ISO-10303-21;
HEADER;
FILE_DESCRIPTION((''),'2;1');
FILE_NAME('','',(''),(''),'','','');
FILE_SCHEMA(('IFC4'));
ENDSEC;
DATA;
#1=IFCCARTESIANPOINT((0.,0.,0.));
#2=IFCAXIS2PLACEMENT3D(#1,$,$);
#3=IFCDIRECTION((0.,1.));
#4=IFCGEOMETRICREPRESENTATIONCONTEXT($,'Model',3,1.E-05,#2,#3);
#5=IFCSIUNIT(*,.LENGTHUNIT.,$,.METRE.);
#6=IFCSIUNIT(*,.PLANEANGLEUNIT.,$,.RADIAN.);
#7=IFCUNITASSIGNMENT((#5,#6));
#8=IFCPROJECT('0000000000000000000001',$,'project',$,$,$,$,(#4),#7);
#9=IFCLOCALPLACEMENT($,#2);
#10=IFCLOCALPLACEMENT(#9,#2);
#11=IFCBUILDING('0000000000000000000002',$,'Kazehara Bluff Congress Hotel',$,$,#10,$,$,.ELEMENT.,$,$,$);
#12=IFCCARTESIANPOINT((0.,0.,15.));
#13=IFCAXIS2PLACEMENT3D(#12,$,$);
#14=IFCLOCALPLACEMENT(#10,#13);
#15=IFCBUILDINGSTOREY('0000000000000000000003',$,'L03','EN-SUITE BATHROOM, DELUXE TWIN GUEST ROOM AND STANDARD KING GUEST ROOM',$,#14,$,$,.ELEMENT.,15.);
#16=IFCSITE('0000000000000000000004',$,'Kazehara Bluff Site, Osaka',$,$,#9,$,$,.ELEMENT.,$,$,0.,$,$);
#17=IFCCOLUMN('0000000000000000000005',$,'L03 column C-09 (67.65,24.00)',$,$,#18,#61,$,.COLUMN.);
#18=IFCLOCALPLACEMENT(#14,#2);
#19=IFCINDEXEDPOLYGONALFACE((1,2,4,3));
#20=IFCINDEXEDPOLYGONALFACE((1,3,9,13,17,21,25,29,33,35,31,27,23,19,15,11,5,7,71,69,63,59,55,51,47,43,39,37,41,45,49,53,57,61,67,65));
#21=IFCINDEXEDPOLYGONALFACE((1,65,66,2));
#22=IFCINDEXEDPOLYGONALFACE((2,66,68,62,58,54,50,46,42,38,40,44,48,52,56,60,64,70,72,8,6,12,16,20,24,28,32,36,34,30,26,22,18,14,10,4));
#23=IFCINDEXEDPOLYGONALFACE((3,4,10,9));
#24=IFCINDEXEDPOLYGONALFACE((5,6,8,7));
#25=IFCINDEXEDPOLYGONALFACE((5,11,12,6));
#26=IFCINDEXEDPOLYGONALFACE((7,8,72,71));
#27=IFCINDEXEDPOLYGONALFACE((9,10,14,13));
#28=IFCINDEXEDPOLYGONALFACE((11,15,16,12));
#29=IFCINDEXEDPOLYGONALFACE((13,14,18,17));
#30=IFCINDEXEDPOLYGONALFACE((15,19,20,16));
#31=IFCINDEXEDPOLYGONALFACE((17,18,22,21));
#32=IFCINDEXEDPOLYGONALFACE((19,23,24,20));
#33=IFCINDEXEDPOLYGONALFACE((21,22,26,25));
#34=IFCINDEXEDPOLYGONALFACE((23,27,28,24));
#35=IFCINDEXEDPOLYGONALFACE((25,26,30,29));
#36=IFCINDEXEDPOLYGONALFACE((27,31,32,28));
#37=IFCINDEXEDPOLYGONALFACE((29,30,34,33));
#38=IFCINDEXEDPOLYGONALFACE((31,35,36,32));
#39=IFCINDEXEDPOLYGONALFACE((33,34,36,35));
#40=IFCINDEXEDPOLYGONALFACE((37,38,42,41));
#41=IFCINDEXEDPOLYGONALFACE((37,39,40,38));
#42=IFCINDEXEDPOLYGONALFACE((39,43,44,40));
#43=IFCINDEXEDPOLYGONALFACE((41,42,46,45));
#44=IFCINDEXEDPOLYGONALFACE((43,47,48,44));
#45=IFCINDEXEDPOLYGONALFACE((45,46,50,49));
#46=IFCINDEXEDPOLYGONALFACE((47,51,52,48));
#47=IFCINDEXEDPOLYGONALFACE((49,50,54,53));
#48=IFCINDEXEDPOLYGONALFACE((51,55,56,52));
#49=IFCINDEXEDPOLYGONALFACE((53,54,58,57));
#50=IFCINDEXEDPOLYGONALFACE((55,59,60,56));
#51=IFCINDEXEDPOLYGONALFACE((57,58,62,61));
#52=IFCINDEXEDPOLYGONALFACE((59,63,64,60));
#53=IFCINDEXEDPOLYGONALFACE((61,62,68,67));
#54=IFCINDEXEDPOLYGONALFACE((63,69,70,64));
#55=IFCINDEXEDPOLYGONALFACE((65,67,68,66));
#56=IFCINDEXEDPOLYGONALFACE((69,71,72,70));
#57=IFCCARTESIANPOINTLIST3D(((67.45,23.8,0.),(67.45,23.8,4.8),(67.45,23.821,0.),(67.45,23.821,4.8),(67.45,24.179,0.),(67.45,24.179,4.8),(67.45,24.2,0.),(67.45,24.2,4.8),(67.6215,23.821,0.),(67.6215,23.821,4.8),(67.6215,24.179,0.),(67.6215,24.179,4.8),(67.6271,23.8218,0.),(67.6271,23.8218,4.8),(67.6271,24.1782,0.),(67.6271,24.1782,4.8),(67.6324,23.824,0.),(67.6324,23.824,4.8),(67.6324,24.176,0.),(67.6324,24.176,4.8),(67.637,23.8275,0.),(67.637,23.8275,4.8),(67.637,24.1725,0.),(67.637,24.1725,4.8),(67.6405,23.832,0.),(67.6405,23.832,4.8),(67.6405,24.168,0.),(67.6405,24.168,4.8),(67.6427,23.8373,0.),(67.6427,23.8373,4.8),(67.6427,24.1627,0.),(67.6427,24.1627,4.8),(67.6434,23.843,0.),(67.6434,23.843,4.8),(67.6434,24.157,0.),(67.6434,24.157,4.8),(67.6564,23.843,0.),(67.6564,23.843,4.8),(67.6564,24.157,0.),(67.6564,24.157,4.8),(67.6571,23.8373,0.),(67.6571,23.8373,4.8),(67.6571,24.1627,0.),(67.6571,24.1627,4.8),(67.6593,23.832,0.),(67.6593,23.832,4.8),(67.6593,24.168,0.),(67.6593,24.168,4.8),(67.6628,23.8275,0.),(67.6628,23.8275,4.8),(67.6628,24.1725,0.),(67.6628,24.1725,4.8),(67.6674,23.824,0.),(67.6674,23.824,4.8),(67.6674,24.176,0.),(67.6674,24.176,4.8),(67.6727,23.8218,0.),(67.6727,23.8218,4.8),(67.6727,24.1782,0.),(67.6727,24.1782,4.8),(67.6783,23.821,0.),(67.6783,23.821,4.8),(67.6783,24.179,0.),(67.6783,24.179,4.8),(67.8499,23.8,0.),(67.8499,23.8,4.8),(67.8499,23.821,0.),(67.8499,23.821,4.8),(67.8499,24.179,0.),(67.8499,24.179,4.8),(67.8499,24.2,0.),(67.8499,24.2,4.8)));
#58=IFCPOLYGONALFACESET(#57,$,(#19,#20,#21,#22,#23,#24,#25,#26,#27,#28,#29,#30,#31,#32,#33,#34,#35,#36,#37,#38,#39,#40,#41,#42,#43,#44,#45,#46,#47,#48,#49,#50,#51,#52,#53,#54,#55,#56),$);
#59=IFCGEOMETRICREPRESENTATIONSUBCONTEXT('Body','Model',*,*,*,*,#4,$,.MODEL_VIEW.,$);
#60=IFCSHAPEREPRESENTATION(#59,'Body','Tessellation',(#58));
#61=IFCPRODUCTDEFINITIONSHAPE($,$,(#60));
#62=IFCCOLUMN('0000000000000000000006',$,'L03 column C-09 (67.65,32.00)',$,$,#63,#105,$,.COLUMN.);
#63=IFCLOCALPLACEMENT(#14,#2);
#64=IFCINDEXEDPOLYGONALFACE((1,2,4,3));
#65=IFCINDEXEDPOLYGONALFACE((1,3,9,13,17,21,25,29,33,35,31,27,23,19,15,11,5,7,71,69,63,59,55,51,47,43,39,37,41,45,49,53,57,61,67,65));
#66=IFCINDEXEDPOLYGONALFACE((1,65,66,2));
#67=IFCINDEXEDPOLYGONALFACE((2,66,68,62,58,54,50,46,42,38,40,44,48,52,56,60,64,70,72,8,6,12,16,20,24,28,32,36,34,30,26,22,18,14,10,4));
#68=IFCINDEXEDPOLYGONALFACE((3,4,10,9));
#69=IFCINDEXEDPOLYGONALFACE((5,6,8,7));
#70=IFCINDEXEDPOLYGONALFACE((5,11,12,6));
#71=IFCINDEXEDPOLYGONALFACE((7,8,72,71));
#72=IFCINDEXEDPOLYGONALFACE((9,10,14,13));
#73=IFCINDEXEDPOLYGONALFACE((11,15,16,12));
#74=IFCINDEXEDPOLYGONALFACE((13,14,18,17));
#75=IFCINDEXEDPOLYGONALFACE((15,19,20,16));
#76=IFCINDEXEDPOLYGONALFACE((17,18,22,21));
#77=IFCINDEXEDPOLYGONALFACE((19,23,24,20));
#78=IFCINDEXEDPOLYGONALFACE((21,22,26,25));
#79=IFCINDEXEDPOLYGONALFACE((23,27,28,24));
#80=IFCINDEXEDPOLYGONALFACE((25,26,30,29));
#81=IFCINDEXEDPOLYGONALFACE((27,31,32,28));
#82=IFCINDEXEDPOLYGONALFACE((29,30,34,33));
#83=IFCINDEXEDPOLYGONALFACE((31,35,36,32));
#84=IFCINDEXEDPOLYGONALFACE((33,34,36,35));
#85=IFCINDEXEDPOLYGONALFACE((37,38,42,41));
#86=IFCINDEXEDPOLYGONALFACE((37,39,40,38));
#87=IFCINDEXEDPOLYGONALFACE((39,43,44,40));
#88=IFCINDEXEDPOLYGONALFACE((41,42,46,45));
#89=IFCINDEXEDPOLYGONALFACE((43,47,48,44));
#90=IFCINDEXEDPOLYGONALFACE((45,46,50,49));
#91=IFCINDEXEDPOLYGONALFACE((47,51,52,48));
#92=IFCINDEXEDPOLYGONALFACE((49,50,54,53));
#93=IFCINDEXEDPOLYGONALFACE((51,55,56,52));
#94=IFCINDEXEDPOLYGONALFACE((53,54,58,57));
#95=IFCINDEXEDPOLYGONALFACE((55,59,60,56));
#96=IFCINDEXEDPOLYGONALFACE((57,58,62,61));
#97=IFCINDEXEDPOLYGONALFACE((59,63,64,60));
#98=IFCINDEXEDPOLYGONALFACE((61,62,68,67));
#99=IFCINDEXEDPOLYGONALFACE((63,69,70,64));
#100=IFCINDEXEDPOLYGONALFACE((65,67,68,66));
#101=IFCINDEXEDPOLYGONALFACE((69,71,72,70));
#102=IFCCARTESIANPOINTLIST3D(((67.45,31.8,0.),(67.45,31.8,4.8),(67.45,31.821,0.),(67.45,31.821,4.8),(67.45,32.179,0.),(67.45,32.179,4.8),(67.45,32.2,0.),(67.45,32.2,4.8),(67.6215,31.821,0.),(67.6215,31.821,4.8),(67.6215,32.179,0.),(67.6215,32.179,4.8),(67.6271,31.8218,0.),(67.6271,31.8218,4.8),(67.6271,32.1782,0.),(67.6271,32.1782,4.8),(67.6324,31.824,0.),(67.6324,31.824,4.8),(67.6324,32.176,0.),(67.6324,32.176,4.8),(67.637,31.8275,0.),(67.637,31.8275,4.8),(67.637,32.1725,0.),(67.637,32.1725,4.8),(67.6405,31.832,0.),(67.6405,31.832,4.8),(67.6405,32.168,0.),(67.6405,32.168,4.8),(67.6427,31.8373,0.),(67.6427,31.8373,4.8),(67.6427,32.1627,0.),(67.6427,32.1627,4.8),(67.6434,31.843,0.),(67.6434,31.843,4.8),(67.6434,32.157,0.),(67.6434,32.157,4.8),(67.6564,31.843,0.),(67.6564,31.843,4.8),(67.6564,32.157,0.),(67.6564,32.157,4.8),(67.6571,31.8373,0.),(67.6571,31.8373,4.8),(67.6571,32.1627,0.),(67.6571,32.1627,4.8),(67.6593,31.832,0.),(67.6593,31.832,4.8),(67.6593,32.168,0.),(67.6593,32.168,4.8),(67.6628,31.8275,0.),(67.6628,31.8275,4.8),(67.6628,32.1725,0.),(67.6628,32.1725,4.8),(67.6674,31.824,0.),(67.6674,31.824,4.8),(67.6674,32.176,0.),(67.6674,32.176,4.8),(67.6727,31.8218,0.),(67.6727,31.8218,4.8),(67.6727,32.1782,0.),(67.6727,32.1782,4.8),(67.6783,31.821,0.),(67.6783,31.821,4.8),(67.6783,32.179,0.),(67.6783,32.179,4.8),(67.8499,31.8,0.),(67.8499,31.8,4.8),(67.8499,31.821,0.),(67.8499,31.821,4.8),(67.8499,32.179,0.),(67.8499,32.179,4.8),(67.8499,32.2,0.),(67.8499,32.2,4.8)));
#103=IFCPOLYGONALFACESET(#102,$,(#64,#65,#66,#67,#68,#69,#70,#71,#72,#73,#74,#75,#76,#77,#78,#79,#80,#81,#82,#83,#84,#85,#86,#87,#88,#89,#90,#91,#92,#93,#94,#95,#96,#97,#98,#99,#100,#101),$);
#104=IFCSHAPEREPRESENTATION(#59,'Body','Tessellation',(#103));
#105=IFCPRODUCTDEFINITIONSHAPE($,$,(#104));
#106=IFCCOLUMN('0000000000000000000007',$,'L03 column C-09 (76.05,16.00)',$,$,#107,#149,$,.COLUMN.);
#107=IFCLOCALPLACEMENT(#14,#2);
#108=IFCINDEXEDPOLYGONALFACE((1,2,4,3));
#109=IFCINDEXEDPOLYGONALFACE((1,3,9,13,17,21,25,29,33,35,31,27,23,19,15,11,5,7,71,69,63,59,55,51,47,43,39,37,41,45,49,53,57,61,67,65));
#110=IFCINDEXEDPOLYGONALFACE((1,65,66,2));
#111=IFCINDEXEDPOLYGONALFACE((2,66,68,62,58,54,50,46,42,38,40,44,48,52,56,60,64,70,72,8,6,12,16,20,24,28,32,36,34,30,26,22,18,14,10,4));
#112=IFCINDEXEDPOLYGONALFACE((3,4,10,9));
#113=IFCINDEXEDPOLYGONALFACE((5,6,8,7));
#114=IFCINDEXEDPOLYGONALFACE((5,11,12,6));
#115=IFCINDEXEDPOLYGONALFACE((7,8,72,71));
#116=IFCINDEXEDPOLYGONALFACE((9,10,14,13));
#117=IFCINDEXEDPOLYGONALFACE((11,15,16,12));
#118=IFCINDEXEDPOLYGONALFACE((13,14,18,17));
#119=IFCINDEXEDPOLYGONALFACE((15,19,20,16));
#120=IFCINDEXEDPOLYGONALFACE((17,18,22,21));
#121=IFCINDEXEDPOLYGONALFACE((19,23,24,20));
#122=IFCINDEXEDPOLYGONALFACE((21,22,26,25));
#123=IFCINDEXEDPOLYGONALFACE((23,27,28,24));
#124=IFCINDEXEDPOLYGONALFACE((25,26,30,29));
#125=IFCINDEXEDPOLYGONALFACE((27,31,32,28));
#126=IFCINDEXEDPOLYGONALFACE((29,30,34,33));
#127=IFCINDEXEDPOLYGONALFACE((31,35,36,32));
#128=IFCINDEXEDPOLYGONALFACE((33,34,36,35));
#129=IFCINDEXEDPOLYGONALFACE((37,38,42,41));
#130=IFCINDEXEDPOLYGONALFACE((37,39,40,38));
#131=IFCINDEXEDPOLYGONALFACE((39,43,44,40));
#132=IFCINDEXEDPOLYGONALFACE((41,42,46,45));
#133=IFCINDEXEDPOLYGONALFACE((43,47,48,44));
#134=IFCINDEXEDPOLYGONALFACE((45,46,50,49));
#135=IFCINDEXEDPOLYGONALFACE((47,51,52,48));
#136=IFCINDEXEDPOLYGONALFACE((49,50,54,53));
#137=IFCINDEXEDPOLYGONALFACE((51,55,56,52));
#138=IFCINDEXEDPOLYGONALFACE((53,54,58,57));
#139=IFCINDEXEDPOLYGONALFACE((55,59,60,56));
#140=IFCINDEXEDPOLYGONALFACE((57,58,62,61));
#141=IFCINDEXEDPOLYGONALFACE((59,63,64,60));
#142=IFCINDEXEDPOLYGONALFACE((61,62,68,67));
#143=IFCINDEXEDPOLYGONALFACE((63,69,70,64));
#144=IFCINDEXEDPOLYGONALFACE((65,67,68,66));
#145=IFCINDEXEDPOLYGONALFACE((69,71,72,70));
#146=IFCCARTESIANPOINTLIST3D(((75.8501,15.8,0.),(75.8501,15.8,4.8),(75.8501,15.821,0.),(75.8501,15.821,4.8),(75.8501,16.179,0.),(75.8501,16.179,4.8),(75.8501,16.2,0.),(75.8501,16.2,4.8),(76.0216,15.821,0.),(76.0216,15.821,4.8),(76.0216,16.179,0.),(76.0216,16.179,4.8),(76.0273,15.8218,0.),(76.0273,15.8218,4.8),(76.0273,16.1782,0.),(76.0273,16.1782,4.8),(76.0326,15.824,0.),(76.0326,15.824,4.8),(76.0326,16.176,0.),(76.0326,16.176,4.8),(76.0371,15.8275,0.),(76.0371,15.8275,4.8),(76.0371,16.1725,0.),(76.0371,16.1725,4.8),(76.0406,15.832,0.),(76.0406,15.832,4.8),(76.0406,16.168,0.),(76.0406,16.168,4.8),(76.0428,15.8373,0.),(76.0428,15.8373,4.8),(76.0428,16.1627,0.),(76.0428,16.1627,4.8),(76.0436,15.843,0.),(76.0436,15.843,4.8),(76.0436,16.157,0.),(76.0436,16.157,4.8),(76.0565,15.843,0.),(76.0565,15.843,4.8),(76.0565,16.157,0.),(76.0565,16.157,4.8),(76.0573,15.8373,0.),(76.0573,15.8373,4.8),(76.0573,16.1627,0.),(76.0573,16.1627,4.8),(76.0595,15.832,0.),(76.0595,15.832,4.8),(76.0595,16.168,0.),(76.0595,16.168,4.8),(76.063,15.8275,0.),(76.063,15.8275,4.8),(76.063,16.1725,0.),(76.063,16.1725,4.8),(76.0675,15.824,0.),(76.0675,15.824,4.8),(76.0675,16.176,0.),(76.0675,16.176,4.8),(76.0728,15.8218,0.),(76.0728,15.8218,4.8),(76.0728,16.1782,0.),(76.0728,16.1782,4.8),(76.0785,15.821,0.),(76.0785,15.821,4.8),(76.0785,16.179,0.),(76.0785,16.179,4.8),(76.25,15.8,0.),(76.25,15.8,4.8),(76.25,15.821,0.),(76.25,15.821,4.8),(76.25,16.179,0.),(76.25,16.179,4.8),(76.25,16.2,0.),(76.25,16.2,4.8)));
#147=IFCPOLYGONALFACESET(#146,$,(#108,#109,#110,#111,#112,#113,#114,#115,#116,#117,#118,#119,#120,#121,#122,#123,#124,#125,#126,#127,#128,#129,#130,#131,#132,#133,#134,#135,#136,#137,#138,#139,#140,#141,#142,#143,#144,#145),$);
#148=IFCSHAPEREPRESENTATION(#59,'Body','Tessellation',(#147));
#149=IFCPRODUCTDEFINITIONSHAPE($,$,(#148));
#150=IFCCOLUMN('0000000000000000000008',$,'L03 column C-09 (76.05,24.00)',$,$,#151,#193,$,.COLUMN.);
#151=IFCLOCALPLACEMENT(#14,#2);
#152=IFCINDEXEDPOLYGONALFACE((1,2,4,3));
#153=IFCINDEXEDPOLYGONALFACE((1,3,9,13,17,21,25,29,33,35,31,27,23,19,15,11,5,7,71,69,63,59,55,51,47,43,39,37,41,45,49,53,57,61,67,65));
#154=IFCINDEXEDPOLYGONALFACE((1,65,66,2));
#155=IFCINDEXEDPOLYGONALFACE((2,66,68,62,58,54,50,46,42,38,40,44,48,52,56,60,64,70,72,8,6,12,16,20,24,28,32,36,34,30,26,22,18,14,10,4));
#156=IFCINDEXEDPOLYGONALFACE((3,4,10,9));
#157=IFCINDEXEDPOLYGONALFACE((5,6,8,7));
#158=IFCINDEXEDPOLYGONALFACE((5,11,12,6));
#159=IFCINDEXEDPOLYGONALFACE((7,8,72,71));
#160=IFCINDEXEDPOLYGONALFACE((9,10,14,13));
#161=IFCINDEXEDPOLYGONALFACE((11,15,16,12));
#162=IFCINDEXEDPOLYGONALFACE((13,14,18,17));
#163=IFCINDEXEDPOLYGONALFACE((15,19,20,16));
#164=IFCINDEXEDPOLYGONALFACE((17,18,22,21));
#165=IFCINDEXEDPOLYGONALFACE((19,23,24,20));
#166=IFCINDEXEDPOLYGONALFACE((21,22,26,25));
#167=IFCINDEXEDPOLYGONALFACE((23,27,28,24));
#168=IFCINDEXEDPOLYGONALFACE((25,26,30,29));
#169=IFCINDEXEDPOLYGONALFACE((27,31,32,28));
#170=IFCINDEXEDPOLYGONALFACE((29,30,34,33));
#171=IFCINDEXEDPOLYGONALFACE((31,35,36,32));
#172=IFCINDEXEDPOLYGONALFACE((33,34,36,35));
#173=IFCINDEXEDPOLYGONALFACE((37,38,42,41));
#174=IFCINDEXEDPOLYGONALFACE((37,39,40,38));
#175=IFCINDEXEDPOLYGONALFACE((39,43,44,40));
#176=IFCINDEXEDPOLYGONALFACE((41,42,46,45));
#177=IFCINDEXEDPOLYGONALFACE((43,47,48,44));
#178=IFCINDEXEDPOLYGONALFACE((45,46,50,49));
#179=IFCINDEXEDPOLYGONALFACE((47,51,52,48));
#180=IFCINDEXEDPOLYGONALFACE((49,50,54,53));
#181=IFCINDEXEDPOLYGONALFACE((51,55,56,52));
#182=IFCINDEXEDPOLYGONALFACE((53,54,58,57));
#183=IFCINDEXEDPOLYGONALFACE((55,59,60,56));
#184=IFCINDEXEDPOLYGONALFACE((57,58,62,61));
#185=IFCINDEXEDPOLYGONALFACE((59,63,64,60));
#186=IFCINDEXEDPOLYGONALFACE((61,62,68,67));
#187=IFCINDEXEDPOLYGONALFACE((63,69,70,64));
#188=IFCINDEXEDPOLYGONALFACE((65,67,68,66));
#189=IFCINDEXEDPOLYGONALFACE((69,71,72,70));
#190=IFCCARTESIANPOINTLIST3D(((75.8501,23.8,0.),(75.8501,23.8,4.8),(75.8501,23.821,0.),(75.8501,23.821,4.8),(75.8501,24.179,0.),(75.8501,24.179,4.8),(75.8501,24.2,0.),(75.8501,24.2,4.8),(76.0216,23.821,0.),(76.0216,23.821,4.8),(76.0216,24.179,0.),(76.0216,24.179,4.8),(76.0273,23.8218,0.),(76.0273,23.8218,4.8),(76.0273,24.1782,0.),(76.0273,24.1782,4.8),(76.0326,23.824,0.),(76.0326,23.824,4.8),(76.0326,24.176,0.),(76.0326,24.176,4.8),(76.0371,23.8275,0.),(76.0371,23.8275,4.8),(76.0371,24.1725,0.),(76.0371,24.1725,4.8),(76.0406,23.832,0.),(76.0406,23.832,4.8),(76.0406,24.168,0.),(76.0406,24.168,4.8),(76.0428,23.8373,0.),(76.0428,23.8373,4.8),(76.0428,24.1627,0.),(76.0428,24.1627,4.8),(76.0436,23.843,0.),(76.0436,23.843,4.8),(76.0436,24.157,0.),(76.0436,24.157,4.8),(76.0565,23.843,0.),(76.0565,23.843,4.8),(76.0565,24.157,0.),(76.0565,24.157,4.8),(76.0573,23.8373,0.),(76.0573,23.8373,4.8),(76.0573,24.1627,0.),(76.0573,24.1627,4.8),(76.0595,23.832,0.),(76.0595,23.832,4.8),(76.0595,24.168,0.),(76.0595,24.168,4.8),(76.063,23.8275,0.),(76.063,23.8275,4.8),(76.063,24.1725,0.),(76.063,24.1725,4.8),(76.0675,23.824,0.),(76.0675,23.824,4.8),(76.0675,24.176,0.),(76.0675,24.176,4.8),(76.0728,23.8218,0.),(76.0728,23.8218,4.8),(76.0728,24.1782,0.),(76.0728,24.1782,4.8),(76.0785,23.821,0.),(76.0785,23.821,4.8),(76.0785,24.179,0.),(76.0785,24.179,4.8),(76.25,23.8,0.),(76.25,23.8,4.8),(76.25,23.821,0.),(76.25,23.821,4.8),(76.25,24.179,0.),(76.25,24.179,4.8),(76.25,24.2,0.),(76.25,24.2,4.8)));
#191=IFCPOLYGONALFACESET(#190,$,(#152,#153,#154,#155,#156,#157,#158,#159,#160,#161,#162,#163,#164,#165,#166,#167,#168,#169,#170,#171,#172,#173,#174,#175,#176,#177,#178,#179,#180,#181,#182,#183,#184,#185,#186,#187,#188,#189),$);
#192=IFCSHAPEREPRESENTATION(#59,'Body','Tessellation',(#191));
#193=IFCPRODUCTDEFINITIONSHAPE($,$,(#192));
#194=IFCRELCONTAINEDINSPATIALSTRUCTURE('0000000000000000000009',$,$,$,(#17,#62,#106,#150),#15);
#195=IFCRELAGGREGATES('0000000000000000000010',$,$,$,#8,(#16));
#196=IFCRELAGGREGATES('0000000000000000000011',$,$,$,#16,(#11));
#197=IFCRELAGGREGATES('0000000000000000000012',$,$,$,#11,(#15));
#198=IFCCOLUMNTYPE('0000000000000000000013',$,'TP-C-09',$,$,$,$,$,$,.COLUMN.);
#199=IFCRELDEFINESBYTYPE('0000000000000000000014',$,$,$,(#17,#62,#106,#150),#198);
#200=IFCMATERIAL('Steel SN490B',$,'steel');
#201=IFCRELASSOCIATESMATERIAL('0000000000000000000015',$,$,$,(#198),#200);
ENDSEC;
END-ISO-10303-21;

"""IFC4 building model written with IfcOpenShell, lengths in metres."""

from ifc_helpers import new_model, si_unit, direction, frame, origin, origin_2d, place, context, subcontext, project, spatial, i_section, extrude, material, material_profile, profile_set, type_object, element, save


model = new_model("IFC4")

# Units and contexts
model_context = context("Model", 3, precision=1e-05, world=origin(), true_north=direction((0.0, 1.0)))
body_context = subcontext(model_context, "Body", "Model", "MODEL_VIEW")
ifc_project = project(units=[si_unit("LENGTHUNIT", "METRE"), si_unit("PLANEANGLEUNIT", "RADIAN")], contexts=[model_context])

# Site, building, storey
site_placement = place(None, origin())
site = spatial("IfcSite", under=ifc_project, at=site_placement, Name="Kazehara Bluff Site, Osaka", CompositionType="ELEMENT", RefElevation=0.0)
building_placement = place(site_placement, origin())
building = spatial("IfcBuilding", under=site, at=building_placement, Name="Kazehara Bluff Congress Hotel", CompositionType="ELEMENT")
storey_placement = place(building_placement, frame((0.0, 0.0, 15.0)))
storey = spatial("IfcBuildingStorey", under=building, at=storey_placement, Name="L03", Description="EN-SUITE BATHROOM, DELUXE TWIN GUEST ROOM AND STANDARD KING GUEST ROOM", CompositionType="ELEMENT", Elevation=15.0)

# Columns
ifc_material_1 = material(Name="Steel SN490B", Category="steel")
ifc_material_profile_1 = material_profile(ifc_material_1, i_section(OverallWidth=0.3999, OverallDepth=0.3999, WebThickness=0.0129, FlangeThickness=0.021, FilletRadius=0.022, at=origin_2d()))
ifc_profile_set_1 = profile_set([ifc_material_profile_1], Name="Steel SN490B")
column_type = type_object("IfcColumnType", Name="TP-C-09", PredefinedType="COLUMN", material=ifc_profile_set_1)
for number, where, z_axis, x_axis, name in (
    (1, (67.6499, 24.0, 0.0), (0.0, 0.0, 1.0), (1.0, 0.0, 0.0), "L03 column C-09 (67.65,24.00)"),
    (2, (67.6499, 32.0, 0.0), (0.0, 0.0, 1.0), (1.0, 0.0, 0.0), "L03 column C-09 (67.65,32.00)"),
    (3, (76.05, 16.0, 0.0), (0.0, 0.0, 1.0), (1.0, 0.0, 0.0), "L03 column C-09 (76.05,16.00)"),
    (4, (76.05, 24.0, 0.0), (0.0, 0.0, 1.0), (1.0, 0.0, 0.0), "L03 column C-09 (76.05,24.00)"),
):
    element("IfcColumn", number, at=place(storey_placement, frame(where, z_axis=z_axis, x_axis=x_axis)), inside=storey, type_object=column_type, Name=name, PredefinedType="COLUMN", context=body_context, shape_type="SweptSolid", body=[
        extrude(i_section(OverallWidth=0.3999, OverallDepth=0.3999, WebThickness=0.0129, FlangeThickness=0.021, FilletRadius=0.022, at=origin_2d()), origin(), (0.0, 0.0, 1.0), 4.8),
    ])

save(model, "model.ifc")
